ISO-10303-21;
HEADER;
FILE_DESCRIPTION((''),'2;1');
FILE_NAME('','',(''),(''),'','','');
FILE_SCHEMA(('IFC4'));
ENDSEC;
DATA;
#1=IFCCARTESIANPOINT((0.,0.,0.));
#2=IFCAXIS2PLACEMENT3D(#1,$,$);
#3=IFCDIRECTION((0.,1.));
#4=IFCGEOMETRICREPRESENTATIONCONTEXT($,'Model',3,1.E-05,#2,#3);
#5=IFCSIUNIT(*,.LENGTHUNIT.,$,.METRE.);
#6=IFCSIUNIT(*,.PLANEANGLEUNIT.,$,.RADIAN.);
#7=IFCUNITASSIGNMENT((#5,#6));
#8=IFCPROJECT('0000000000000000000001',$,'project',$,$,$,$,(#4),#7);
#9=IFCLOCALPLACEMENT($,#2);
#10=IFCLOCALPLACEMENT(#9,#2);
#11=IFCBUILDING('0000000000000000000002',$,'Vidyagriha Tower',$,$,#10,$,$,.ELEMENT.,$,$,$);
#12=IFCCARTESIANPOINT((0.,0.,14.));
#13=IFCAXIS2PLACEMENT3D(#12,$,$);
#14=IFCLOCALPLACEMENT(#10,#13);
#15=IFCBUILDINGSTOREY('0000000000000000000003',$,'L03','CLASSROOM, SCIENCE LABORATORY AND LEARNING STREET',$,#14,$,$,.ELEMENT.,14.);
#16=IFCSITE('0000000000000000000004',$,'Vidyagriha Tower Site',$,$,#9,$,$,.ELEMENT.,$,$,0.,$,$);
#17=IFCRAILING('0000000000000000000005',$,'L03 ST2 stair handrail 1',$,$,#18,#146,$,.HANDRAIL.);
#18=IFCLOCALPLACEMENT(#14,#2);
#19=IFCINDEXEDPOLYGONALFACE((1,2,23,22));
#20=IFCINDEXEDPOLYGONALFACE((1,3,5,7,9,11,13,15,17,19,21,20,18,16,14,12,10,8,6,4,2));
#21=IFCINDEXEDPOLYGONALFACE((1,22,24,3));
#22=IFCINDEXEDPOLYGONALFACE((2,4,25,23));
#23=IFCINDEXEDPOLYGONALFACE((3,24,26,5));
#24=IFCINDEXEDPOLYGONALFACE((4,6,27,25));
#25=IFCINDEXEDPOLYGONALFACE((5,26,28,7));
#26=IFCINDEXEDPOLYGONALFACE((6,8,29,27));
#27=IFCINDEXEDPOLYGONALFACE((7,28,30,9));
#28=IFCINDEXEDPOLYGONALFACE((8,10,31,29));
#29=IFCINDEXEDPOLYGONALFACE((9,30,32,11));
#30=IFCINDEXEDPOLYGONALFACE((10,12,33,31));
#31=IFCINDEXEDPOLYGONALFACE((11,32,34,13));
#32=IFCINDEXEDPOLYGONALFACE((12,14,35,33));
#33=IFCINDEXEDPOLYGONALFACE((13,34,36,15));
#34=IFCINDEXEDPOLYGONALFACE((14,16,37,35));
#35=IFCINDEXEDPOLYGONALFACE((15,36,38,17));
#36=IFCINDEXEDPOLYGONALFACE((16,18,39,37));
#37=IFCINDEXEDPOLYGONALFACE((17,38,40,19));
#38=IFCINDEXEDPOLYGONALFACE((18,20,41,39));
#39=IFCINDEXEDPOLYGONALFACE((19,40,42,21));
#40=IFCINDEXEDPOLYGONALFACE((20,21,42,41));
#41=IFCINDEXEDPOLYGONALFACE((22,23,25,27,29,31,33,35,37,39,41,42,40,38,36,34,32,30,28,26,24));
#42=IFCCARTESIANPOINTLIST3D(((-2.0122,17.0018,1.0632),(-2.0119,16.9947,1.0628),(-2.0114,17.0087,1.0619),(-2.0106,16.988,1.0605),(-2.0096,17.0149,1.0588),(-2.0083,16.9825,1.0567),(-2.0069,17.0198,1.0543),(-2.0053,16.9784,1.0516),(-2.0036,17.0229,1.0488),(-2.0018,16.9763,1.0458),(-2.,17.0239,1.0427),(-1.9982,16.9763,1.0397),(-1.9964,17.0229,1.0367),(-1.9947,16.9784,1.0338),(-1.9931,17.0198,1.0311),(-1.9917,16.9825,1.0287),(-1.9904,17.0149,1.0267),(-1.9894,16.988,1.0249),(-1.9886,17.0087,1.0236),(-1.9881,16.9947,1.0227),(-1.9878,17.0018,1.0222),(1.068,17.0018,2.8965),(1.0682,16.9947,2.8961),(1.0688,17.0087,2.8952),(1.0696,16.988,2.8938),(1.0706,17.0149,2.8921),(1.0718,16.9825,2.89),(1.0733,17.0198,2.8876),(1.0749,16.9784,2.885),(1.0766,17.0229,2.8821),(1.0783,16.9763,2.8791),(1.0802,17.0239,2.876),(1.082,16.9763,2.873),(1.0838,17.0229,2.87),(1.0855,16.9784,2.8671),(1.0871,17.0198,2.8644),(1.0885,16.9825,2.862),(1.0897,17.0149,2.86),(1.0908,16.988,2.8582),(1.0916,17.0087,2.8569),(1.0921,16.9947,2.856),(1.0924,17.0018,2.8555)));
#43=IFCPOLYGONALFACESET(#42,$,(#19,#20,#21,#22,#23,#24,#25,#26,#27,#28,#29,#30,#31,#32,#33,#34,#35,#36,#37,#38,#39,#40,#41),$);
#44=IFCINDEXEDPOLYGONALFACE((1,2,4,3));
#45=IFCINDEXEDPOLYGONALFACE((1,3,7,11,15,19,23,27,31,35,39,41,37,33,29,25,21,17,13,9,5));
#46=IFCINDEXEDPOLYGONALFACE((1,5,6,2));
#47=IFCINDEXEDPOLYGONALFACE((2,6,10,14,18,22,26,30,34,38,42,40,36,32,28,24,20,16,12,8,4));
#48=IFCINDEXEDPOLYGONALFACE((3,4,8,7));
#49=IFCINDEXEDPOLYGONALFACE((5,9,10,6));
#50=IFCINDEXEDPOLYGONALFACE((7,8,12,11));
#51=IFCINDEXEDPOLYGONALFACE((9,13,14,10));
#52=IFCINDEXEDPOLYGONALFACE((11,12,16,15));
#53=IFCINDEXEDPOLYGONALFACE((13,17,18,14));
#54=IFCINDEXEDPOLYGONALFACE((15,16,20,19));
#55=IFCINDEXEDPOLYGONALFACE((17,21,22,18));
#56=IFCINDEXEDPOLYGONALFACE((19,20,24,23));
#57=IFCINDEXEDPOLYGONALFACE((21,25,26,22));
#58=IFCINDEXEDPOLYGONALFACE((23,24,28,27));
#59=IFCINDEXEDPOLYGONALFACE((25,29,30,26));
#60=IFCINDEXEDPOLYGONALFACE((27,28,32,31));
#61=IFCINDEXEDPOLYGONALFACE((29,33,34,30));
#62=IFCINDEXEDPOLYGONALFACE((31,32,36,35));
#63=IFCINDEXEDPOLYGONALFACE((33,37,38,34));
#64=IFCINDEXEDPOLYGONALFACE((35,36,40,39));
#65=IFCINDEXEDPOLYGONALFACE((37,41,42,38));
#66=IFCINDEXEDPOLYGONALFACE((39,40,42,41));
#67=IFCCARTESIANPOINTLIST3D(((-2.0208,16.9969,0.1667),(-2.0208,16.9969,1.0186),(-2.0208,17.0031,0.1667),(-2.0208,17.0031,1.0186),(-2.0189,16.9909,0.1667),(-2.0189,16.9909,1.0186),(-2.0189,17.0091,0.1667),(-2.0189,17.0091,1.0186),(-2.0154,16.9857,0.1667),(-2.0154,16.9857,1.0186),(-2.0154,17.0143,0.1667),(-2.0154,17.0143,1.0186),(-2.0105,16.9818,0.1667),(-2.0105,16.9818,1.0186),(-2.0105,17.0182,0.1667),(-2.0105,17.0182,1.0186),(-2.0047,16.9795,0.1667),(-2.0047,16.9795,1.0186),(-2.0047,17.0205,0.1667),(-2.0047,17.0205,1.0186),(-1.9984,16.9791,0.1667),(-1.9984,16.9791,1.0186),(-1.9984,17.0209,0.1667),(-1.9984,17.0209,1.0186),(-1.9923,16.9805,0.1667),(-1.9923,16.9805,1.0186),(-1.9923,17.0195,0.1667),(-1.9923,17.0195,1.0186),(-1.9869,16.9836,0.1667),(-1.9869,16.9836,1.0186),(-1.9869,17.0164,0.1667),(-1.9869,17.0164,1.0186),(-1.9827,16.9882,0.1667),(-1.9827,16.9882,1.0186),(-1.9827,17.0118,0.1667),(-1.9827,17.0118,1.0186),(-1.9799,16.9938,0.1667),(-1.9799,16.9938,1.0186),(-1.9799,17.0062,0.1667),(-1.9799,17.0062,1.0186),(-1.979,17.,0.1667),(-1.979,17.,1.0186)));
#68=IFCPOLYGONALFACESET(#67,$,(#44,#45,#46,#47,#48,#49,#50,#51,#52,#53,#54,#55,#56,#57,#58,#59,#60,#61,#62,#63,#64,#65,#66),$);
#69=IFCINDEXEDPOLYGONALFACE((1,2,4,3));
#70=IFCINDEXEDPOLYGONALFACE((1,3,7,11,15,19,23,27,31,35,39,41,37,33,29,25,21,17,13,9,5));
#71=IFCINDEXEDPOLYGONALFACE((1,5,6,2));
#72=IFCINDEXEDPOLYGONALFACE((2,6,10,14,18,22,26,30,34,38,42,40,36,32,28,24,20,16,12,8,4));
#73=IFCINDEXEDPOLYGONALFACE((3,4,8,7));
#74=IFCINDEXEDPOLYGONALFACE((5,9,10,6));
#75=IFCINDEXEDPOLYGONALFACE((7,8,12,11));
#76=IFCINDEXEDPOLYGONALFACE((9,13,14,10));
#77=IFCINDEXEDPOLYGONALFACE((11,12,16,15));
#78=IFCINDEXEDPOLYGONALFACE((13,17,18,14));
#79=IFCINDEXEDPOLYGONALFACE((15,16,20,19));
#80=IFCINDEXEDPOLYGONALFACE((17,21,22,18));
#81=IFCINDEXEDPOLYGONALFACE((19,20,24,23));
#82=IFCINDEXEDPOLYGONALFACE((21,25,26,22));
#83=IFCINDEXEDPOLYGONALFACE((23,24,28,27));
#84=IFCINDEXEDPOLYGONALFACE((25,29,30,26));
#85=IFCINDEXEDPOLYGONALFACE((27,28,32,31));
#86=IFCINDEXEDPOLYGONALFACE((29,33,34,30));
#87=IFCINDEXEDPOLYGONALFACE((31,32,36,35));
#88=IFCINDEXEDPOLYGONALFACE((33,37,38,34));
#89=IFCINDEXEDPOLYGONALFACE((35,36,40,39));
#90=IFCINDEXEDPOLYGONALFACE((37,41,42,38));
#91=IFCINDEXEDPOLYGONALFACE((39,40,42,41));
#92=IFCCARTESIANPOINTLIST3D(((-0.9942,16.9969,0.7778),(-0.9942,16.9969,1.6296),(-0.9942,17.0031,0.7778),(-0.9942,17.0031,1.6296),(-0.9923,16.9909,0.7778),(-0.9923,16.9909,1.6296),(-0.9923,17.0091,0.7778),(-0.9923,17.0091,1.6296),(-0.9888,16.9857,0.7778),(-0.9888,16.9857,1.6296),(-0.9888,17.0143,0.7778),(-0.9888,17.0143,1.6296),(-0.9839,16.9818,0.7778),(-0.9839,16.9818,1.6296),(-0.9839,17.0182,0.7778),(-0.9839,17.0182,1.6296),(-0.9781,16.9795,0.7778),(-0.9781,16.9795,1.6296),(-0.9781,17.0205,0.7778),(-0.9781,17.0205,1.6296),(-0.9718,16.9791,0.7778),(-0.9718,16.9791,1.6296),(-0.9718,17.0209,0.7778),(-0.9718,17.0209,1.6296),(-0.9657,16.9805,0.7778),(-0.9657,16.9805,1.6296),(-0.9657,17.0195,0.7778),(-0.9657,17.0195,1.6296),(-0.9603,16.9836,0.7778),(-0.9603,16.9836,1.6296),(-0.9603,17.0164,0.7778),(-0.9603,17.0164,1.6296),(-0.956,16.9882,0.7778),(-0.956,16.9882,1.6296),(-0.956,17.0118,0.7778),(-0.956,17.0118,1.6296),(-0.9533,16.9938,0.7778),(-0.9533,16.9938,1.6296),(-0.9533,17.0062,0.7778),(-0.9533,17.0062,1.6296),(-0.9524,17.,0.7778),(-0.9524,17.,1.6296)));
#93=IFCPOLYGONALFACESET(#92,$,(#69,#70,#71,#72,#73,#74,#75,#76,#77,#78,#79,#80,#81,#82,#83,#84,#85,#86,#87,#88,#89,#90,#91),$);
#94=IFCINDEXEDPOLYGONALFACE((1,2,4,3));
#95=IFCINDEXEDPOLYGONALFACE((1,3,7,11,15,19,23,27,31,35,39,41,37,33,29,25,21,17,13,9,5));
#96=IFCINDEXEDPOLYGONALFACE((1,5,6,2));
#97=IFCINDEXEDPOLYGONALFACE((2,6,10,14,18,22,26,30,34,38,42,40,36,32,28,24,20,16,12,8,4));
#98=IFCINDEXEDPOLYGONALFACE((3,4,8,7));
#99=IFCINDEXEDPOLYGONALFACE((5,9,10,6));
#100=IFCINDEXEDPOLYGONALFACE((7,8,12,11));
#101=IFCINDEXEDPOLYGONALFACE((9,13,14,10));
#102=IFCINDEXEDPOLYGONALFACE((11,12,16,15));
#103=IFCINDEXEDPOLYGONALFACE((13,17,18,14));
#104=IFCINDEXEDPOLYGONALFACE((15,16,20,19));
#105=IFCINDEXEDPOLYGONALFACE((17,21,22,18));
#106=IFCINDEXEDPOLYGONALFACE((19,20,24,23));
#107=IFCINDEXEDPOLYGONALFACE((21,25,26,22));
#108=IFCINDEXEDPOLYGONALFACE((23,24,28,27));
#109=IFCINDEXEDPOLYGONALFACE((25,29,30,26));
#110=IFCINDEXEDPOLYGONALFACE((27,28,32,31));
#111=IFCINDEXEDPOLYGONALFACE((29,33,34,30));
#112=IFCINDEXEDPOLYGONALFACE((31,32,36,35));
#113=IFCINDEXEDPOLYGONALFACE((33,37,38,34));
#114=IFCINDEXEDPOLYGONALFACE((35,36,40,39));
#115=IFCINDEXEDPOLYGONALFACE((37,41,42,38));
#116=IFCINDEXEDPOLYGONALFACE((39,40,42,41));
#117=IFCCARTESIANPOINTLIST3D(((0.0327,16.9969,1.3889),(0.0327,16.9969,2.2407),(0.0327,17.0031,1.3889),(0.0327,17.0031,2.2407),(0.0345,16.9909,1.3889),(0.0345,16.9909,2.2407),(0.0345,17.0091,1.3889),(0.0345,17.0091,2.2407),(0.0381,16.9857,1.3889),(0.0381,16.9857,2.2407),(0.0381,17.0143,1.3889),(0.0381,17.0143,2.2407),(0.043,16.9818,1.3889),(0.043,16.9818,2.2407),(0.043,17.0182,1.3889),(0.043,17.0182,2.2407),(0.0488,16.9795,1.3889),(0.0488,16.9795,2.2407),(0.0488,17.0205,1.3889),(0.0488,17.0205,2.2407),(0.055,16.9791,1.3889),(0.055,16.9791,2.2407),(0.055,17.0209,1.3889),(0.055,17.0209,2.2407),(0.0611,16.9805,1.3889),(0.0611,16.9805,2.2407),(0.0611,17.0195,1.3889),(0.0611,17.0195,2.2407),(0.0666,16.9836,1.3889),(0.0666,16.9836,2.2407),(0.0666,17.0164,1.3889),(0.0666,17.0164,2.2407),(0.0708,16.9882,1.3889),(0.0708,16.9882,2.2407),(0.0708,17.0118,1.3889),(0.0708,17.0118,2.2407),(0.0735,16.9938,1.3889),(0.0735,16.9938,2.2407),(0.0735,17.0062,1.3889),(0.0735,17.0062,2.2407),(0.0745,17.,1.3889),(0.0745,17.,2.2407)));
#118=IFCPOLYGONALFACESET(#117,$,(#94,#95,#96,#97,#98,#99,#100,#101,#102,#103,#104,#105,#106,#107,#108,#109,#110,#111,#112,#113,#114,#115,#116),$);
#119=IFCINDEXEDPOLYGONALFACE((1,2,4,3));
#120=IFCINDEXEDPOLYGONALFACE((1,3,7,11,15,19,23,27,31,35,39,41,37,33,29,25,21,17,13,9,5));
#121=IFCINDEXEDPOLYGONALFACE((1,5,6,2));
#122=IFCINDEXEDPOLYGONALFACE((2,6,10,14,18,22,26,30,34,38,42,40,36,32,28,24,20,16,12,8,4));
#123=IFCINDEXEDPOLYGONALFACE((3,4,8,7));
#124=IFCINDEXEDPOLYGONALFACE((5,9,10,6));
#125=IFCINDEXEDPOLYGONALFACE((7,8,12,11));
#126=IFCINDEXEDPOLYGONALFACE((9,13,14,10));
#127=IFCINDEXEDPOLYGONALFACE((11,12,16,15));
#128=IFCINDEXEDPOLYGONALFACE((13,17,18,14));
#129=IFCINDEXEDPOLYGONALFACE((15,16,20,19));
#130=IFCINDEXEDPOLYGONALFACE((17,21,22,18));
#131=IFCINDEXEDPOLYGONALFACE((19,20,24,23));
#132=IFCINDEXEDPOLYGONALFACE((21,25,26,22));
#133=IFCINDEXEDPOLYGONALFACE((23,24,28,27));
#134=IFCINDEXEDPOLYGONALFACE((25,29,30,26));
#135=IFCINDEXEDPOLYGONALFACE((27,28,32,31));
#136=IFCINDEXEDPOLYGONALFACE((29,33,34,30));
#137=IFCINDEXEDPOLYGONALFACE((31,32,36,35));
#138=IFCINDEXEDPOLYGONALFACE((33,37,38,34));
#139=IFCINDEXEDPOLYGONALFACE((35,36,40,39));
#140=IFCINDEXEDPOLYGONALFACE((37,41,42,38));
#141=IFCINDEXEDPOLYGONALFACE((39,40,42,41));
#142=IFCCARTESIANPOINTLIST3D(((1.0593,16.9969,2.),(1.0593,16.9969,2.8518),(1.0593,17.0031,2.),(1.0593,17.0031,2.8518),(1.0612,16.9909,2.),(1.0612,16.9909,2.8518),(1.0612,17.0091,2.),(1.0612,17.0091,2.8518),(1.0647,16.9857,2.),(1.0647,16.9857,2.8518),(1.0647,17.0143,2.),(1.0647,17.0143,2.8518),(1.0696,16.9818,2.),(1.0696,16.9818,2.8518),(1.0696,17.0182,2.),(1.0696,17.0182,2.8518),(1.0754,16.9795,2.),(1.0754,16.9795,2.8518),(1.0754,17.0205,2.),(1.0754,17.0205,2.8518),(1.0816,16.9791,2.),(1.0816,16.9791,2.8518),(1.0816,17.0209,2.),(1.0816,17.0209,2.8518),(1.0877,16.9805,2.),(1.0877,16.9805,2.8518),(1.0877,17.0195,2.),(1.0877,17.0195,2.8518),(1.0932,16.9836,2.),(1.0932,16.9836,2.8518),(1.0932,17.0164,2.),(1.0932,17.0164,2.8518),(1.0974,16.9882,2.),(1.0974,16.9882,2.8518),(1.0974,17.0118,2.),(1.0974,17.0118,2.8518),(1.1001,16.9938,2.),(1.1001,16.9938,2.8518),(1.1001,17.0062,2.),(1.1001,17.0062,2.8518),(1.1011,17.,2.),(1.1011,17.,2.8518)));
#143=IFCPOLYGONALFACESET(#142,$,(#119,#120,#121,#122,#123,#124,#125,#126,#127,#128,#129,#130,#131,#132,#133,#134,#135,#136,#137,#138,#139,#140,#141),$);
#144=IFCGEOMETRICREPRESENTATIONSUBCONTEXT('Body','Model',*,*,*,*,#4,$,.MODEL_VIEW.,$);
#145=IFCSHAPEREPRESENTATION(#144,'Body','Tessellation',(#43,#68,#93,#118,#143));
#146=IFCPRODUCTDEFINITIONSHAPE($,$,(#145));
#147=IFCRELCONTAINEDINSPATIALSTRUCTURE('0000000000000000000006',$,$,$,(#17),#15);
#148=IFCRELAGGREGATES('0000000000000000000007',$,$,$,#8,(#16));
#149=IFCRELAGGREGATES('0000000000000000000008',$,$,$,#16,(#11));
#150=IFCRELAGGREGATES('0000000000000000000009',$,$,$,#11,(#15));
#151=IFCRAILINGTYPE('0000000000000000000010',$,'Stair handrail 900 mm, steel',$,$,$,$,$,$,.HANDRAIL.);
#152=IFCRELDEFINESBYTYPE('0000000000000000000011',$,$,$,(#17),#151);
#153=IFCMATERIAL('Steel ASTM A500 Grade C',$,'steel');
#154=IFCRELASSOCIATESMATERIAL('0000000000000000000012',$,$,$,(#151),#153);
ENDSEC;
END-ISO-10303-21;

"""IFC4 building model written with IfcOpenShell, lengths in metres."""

from ifc_helpers import new_model, si_unit, direction, frame, origin, origin_2d, place, context, subcontext, project, spatial, circle, extrude, material, type_object, element, save


model = new_model("IFC4")

# Units and contexts
model_context = context("Model", 3, precision=1e-05, world=origin(), true_north=direction((0.0, 1.0)))
body_context = subcontext(model_context, "Body", "Model", "MODEL_VIEW")
ifc_project = project(units=[si_unit("LENGTHUNIT", "METRE"), si_unit("PLANEANGLEUNIT", "RADIAN")], contexts=[model_context])

# Site, building, storey
site_placement = place(None, origin())
site = spatial("IfcSite", under=ifc_project, at=site_placement, Name="Vidyagriha Tower Site", CompositionType="ELEMENT", RefElevation=0.0)
building_placement = place(site_placement, origin())
building = spatial("IfcBuilding", under=site, at=building_placement, Name="Vidyagriha Tower", CompositionType="ELEMENT")
storey_placement = place(building_placement, frame((0.0, 0.0, 14.0)))
storey = spatial("IfcBuildingStorey", under=building, at=storey_placement, Name="L03", Description="CLASSROOM, SCIENCE LABORATORY AND LEARNING STREET", CompositionType="ELEMENT", Elevation=14.0)

# Railing
ifc_material_1 = material(Name="Steel ASTM A500 Grade C", Category="steel")
railing_type_1 = type_object("IfcRailingType", Name="Stair handrail 900 mm, steel", PredefinedType="HANDRAIL", material=ifc_material_1)
railing_1_placement = place(storey_placement, frame((-2.0, 17.0, 0.1667)))
element("IfcRailing", 1, at=railing_1_placement, inside=storey, type_object=railing_type_1, Name="L03 ST2 stair handrail 1", PredefinedType="HANDRAIL", context=body_context, shape_type="SweptSolid", body=[
    extrude(circle(Radius=0.0239, at=origin_2d()), frame((0.0, 0.0, 0.876), z_axis=(0.859309, 0.0, 0.511458), x_axis=(0.0, 1.0, 0.0)), (0.0, 0.0, 1.0), 3.5845),
    extrude(circle(Radius=0.021, at=origin_2d()), origin(), (0.0, 0.0, 1.0), 0.8518),
    extrude(circle(Radius=0.021, at=origin_2d()), frame((1.0266, 0.0, 0.6111)), (0.0, 0.0, 1.0), 0.8518),
    extrude(circle(Radius=0.021, at=origin_2d()), frame((2.0535, 0.0, 1.2222)), (0.0, 0.0, 1.0), 0.8518),
    extrude(circle(Radius=0.021, at=origin_2d()), frame((3.0801, 0.0, 1.8333)), (0.0, 0.0, 1.0), 0.8518),
])

save(model, "model.ifc")
